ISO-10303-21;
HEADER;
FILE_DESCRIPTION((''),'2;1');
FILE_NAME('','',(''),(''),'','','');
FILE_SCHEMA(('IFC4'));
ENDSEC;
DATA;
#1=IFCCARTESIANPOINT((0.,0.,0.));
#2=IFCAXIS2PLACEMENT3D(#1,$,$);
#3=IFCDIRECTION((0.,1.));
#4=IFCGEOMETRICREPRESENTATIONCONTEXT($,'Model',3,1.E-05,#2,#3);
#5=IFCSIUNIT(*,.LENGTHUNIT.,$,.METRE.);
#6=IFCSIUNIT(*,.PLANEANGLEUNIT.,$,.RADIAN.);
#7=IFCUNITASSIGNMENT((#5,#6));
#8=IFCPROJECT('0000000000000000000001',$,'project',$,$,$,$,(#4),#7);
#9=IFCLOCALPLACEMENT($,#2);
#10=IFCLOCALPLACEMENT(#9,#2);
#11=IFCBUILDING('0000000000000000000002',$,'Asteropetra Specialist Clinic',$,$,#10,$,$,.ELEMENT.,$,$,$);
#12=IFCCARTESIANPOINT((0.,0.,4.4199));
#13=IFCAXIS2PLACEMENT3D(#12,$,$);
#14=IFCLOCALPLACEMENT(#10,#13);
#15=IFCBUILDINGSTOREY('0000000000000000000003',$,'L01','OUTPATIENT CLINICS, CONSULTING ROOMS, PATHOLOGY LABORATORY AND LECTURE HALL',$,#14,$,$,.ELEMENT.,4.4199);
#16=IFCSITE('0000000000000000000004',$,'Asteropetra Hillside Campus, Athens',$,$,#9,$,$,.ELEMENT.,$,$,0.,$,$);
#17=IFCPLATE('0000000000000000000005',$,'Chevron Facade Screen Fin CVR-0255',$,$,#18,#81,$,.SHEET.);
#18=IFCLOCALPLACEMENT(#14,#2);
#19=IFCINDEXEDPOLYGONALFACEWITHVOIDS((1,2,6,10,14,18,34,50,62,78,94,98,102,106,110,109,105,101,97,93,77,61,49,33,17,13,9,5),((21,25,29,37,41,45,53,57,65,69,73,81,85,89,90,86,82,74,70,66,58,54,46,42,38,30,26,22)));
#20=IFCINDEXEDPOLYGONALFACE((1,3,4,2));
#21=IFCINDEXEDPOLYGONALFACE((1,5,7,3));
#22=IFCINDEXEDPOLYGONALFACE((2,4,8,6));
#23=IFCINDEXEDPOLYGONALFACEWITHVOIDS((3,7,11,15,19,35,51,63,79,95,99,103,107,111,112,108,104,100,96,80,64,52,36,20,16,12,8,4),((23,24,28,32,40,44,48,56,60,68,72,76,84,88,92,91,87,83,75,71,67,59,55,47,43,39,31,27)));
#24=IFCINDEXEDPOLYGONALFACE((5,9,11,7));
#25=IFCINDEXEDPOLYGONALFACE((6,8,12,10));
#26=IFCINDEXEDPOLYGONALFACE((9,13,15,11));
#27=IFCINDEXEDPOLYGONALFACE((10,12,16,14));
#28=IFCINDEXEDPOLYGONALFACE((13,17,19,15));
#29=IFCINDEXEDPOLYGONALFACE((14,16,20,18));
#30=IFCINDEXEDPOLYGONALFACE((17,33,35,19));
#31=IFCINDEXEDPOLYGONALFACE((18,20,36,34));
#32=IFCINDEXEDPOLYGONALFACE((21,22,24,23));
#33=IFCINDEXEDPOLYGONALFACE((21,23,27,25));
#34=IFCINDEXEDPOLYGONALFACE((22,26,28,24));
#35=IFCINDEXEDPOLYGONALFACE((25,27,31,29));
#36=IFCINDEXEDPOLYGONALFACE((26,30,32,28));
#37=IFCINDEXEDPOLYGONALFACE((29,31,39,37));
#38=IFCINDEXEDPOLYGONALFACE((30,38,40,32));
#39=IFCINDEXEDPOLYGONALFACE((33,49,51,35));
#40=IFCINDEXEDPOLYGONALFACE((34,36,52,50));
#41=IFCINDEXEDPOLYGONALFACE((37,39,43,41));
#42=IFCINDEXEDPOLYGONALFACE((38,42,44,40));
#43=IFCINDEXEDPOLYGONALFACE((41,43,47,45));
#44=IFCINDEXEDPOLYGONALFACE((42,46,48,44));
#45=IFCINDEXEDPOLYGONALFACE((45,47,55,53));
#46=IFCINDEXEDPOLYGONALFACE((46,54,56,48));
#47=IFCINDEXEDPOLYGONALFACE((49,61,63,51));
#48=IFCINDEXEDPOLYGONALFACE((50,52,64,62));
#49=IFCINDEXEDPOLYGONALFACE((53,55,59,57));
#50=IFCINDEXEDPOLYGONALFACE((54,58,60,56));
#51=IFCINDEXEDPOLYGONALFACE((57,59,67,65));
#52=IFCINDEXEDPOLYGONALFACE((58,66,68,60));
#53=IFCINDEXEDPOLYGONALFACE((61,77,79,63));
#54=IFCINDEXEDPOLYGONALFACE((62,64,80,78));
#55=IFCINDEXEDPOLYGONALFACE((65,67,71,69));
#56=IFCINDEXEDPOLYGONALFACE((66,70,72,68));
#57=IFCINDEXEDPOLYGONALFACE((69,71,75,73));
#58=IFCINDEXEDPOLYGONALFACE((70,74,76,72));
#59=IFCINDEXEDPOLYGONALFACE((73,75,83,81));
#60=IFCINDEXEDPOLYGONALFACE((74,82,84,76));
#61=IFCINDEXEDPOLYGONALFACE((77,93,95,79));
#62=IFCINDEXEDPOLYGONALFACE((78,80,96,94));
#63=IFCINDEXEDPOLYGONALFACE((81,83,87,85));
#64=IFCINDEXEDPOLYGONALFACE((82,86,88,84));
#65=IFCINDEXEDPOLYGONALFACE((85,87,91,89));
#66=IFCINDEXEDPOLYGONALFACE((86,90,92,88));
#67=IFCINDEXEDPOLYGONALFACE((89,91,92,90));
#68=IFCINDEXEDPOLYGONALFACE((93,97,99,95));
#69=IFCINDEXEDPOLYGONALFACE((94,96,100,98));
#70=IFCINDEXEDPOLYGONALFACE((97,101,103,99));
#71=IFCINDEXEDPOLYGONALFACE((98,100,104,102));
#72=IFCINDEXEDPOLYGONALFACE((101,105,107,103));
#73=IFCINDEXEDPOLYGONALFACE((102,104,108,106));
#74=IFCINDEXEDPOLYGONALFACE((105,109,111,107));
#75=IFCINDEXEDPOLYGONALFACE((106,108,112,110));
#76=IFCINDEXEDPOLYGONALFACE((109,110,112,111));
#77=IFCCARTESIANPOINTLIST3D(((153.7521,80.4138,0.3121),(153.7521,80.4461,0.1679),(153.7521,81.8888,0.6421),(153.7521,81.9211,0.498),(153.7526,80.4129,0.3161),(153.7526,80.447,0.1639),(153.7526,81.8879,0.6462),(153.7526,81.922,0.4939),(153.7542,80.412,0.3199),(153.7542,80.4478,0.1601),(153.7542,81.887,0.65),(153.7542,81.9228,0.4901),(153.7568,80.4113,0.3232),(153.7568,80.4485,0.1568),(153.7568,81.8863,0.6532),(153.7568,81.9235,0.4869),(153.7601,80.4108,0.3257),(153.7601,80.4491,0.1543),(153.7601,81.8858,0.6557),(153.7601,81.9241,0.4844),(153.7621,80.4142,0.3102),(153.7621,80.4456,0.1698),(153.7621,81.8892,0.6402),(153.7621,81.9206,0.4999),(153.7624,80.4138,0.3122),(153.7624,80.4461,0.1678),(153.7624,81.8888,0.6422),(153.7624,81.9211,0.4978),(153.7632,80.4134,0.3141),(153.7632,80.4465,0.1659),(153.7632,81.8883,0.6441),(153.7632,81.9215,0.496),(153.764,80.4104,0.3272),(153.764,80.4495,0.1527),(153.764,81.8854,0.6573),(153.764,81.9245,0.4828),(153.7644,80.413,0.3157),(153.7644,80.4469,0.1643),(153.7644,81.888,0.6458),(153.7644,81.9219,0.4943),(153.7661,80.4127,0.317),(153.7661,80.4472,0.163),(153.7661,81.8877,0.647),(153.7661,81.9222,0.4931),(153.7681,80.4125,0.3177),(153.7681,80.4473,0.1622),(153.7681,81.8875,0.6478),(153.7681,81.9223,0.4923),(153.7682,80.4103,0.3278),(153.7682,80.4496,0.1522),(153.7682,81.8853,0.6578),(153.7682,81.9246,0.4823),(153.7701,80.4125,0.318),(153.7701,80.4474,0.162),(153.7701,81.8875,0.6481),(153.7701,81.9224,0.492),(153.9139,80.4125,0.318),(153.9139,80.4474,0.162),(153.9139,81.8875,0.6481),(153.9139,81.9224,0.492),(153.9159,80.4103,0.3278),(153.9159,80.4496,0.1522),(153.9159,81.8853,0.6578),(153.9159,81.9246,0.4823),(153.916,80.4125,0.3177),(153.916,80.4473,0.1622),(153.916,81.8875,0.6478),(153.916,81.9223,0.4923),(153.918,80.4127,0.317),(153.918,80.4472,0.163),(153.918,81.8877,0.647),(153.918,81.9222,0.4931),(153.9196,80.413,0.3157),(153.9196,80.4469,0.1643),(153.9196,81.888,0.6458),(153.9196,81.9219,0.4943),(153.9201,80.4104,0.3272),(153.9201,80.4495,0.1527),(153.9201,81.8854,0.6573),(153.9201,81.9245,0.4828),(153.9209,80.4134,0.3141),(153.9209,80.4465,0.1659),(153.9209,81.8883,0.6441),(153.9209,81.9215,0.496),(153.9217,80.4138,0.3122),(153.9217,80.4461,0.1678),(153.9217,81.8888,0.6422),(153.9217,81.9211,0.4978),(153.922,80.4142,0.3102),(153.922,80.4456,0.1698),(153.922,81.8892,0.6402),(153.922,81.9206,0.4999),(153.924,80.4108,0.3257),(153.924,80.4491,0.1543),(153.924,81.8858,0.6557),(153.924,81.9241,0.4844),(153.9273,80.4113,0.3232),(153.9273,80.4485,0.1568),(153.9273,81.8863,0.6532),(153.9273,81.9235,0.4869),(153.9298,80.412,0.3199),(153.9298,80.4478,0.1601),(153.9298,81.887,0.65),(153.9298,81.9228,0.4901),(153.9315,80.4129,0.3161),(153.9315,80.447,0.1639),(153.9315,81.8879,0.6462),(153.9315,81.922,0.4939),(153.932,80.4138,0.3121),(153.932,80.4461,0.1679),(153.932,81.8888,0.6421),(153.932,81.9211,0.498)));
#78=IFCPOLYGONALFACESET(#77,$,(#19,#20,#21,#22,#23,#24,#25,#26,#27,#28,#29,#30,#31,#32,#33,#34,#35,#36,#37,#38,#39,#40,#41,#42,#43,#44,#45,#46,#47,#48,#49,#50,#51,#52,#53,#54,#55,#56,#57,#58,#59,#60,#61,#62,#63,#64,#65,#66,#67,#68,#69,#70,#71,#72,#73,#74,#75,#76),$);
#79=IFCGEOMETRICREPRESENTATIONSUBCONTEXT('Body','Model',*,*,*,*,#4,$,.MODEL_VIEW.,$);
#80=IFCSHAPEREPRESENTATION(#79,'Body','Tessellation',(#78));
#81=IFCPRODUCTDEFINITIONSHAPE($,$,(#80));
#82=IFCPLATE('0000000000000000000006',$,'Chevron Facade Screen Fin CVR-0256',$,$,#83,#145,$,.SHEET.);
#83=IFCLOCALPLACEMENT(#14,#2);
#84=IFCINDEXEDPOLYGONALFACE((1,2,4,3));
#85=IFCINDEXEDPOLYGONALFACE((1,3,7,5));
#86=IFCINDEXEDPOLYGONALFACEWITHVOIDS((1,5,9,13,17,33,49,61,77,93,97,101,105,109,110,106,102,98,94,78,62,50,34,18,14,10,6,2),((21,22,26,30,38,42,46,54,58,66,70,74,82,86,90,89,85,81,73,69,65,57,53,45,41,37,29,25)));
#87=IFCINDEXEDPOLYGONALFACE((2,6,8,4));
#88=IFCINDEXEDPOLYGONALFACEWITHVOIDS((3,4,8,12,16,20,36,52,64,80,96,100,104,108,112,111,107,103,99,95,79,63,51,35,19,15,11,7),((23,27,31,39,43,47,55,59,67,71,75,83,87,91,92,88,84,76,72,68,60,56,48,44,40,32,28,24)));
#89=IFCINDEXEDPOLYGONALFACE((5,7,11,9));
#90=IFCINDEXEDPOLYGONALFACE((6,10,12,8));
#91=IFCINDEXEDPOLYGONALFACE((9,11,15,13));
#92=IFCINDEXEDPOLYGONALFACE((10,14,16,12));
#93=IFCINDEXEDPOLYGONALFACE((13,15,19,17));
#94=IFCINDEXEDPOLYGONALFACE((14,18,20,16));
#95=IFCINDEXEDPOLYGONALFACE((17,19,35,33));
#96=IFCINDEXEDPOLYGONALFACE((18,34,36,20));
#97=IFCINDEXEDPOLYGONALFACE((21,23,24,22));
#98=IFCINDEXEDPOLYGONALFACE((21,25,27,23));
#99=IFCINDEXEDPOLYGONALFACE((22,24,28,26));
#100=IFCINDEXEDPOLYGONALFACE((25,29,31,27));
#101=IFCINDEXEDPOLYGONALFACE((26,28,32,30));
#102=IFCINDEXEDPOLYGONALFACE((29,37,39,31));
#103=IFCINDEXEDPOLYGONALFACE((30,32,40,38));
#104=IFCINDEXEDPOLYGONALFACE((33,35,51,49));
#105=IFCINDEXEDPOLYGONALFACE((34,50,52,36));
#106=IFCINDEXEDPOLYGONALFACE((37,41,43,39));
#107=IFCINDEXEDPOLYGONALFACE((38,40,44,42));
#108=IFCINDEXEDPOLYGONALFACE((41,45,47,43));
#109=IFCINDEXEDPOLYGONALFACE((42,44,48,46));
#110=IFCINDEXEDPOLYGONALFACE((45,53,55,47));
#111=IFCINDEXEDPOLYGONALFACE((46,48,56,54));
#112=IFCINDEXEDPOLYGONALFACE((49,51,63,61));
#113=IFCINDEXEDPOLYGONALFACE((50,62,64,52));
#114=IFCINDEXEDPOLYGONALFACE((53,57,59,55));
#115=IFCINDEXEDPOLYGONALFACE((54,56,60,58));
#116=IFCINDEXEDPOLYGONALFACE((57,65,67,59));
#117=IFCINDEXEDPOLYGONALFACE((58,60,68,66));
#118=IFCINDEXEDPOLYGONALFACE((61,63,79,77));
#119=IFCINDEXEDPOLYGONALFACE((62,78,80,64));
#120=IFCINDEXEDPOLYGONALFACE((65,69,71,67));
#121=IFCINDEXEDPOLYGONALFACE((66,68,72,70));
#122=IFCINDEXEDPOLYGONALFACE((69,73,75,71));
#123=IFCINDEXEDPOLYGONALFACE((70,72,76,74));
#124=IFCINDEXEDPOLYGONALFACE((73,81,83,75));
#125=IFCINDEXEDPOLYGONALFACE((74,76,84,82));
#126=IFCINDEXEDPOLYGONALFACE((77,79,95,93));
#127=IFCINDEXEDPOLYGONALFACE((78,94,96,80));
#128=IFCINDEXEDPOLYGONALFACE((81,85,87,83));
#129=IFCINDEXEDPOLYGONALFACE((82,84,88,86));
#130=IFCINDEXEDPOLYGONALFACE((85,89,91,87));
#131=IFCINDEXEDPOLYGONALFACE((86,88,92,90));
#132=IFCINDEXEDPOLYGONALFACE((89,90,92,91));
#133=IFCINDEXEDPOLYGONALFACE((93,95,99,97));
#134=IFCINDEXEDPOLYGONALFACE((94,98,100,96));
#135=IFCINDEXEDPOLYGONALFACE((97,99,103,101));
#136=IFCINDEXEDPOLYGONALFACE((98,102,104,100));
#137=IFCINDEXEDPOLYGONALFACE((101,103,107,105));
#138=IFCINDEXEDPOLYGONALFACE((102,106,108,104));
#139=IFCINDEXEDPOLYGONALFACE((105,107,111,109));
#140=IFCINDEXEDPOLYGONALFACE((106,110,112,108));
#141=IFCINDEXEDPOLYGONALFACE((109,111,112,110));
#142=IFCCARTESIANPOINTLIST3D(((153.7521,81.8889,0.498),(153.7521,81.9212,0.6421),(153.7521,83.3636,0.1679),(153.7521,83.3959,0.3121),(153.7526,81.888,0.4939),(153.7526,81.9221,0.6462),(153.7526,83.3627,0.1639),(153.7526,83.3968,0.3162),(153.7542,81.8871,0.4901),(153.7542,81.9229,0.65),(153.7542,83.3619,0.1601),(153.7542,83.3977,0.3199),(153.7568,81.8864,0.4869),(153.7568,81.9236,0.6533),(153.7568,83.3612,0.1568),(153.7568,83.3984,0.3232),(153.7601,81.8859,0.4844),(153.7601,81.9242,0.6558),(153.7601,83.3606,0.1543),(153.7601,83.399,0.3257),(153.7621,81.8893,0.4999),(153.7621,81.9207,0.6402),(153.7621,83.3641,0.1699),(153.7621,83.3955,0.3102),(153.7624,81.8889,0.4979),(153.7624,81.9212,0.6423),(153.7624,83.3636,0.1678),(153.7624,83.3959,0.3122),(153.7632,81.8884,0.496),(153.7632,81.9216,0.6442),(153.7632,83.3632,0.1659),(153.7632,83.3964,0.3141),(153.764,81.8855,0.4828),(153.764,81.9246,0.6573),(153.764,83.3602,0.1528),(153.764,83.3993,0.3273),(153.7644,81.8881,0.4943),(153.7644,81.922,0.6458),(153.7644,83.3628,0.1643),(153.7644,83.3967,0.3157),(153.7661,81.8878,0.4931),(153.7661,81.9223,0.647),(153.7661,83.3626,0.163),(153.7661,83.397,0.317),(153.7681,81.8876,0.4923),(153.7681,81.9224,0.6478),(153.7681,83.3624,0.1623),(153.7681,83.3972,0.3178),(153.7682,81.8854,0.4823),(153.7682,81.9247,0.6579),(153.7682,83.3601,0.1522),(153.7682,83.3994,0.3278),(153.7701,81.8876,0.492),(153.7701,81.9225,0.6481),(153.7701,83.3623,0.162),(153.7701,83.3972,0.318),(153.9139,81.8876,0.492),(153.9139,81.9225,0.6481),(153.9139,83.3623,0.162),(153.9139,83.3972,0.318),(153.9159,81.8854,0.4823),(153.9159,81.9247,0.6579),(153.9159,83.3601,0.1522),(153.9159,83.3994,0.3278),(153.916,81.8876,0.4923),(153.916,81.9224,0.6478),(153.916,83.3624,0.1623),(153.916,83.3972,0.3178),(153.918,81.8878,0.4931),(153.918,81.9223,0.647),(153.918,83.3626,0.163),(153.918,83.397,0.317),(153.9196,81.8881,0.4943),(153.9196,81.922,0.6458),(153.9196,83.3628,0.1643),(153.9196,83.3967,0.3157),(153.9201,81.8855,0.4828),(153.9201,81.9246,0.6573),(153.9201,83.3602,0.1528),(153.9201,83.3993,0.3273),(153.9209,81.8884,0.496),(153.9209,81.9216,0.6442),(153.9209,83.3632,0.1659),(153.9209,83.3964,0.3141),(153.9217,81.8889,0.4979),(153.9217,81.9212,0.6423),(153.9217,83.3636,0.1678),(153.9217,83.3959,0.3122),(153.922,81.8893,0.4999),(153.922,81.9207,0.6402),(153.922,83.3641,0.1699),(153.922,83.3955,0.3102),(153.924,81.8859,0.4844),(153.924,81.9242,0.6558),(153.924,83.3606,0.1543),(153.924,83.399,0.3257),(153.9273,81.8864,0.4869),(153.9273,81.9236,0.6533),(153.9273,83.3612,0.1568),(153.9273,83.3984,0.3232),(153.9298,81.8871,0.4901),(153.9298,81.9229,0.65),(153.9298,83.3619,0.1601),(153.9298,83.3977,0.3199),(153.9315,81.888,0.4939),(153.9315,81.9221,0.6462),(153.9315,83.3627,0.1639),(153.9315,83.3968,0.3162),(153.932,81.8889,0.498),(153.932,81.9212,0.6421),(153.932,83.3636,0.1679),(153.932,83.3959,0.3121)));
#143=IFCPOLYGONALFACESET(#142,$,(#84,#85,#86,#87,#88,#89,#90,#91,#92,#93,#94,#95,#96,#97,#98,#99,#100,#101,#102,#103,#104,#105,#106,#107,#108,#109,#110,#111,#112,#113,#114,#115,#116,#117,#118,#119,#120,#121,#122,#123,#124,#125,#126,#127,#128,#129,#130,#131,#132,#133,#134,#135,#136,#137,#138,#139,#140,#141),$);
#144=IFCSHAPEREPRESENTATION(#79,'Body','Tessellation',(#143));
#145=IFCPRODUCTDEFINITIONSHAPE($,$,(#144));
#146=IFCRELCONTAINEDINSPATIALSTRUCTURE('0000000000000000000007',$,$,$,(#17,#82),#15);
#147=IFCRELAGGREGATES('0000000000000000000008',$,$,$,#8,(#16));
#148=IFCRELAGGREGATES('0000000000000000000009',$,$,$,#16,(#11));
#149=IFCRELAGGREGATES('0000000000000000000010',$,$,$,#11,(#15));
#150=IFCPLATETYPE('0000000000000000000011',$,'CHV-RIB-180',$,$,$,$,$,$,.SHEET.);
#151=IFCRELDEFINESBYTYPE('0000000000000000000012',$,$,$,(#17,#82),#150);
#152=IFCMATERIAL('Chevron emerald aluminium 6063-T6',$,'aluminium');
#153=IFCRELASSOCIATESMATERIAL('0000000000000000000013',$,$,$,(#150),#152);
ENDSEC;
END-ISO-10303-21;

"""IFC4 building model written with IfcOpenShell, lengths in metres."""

from ifc_helpers import new_model, si_unit, direction, frame, origin, origin_2d, place, context, subcontext, project, spatial, hollow_rectangle, extrude, material, material_profile, profile_set, type_object, element, save


model = new_model("IFC4")

# Units and contexts
model_context = context("Model", 3, precision=1e-05, world=origin(), true_north=direction((0.0, 1.0)))
body_context = subcontext(model_context, "Body", "Model", "MODEL_VIEW")
ifc_project = project(units=[si_unit("LENGTHUNIT", "METRE"), si_unit("PLANEANGLEUNIT", "RADIAN")], contexts=[model_context])

# Site, building, storey
site_placement = place(None, origin())
site = spatial("IfcSite", under=ifc_project, at=site_placement, Name="Asteropetra Hillside Campus, Athens", CompositionType="ELEMENT", RefElevation=0.0)
building_placement = place(site_placement, origin())
building = spatial("IfcBuilding", under=site, at=building_placement, Name="Asteropetra Specialist Clinic", CompositionType="ELEMENT")
storey_placement = place(building_placement, frame((0.0, 0.0, 4.4199)))
storey = spatial("IfcBuildingStorey", under=building, at=storey_placement, Name="L01", Description="OUTPATIENT CLINICS, CONSULTING ROOMS, PATHOLOGY LABORATORY AND LECTURE HALL", CompositionType="ELEMENT", Elevation=4.4199)

# Plates
ifc_material_1 = material(Name="Chevron emerald aluminium 6063-T6", Category="aluminium")
ifc_material_profile = material_profile(ifc_material_1, hollow_rectangle(XDim=0.1799, YDim=0.1799, WallThickness=0.01, InnerFilletRadius=0.0081, OuterFilletRadius=0.0161, at=origin_2d()), Name="SHS 180x180x10.0")
ifc_profile_set = profile_set([ifc_material_profile], Name="Chevron emerald aluminium 6063-T6")
plate_type = type_object("IfcPlateType", Name="CHV-RIB-180", PredefinedType="SHEET", material=ifc_profile_set)
plate_1_placement = place(storey_placement, frame((153.842, 80.4299, 0.24), z_axis=(0.0, 0.975867, 0.218367), x_axis=(-1.0, 0.0, 0.0)))
element("IfcPlate", 1, at=plate_1_placement, inside=storey, type_object=plate_type, Name="Chevron Facade Screen Fin CVR-0255", PredefinedType="SHEET", context=body_context, shape_type="SweptSolid", body=[
    extrude(hollow_rectangle(XDim=0.1799, YDim=0.1799, WallThickness=0.01, InnerFilletRadius=0.0081, OuterFilletRadius=0.0161, at=origin_2d()), origin(), (0.0, 0.0, 1.0), 1.5115),
])
plate_2_placement = place(storey_placement, frame((153.842, 81.905, 0.5701), z_axis=(0.0, 0.975859, -0.218401), x_axis=(-1.0, 0.0, 0.0)))
element("IfcPlate", 2, at=plate_2_placement, inside=storey, type_object=plate_type, Name="Chevron Facade Screen Fin CVR-0256", PredefinedType="SHEET", context=body_context, shape_type="SweptSolid", body=[
    extrude(hollow_rectangle(XDim=0.1799, YDim=0.1799, WallThickness=0.01, InnerFilletRadius=0.0081, OuterFilletRadius=0.0161, at=origin_2d()), origin(), (0.0, 0.0, 1.0), 1.5112),
])

save(model, "model.ifc")
